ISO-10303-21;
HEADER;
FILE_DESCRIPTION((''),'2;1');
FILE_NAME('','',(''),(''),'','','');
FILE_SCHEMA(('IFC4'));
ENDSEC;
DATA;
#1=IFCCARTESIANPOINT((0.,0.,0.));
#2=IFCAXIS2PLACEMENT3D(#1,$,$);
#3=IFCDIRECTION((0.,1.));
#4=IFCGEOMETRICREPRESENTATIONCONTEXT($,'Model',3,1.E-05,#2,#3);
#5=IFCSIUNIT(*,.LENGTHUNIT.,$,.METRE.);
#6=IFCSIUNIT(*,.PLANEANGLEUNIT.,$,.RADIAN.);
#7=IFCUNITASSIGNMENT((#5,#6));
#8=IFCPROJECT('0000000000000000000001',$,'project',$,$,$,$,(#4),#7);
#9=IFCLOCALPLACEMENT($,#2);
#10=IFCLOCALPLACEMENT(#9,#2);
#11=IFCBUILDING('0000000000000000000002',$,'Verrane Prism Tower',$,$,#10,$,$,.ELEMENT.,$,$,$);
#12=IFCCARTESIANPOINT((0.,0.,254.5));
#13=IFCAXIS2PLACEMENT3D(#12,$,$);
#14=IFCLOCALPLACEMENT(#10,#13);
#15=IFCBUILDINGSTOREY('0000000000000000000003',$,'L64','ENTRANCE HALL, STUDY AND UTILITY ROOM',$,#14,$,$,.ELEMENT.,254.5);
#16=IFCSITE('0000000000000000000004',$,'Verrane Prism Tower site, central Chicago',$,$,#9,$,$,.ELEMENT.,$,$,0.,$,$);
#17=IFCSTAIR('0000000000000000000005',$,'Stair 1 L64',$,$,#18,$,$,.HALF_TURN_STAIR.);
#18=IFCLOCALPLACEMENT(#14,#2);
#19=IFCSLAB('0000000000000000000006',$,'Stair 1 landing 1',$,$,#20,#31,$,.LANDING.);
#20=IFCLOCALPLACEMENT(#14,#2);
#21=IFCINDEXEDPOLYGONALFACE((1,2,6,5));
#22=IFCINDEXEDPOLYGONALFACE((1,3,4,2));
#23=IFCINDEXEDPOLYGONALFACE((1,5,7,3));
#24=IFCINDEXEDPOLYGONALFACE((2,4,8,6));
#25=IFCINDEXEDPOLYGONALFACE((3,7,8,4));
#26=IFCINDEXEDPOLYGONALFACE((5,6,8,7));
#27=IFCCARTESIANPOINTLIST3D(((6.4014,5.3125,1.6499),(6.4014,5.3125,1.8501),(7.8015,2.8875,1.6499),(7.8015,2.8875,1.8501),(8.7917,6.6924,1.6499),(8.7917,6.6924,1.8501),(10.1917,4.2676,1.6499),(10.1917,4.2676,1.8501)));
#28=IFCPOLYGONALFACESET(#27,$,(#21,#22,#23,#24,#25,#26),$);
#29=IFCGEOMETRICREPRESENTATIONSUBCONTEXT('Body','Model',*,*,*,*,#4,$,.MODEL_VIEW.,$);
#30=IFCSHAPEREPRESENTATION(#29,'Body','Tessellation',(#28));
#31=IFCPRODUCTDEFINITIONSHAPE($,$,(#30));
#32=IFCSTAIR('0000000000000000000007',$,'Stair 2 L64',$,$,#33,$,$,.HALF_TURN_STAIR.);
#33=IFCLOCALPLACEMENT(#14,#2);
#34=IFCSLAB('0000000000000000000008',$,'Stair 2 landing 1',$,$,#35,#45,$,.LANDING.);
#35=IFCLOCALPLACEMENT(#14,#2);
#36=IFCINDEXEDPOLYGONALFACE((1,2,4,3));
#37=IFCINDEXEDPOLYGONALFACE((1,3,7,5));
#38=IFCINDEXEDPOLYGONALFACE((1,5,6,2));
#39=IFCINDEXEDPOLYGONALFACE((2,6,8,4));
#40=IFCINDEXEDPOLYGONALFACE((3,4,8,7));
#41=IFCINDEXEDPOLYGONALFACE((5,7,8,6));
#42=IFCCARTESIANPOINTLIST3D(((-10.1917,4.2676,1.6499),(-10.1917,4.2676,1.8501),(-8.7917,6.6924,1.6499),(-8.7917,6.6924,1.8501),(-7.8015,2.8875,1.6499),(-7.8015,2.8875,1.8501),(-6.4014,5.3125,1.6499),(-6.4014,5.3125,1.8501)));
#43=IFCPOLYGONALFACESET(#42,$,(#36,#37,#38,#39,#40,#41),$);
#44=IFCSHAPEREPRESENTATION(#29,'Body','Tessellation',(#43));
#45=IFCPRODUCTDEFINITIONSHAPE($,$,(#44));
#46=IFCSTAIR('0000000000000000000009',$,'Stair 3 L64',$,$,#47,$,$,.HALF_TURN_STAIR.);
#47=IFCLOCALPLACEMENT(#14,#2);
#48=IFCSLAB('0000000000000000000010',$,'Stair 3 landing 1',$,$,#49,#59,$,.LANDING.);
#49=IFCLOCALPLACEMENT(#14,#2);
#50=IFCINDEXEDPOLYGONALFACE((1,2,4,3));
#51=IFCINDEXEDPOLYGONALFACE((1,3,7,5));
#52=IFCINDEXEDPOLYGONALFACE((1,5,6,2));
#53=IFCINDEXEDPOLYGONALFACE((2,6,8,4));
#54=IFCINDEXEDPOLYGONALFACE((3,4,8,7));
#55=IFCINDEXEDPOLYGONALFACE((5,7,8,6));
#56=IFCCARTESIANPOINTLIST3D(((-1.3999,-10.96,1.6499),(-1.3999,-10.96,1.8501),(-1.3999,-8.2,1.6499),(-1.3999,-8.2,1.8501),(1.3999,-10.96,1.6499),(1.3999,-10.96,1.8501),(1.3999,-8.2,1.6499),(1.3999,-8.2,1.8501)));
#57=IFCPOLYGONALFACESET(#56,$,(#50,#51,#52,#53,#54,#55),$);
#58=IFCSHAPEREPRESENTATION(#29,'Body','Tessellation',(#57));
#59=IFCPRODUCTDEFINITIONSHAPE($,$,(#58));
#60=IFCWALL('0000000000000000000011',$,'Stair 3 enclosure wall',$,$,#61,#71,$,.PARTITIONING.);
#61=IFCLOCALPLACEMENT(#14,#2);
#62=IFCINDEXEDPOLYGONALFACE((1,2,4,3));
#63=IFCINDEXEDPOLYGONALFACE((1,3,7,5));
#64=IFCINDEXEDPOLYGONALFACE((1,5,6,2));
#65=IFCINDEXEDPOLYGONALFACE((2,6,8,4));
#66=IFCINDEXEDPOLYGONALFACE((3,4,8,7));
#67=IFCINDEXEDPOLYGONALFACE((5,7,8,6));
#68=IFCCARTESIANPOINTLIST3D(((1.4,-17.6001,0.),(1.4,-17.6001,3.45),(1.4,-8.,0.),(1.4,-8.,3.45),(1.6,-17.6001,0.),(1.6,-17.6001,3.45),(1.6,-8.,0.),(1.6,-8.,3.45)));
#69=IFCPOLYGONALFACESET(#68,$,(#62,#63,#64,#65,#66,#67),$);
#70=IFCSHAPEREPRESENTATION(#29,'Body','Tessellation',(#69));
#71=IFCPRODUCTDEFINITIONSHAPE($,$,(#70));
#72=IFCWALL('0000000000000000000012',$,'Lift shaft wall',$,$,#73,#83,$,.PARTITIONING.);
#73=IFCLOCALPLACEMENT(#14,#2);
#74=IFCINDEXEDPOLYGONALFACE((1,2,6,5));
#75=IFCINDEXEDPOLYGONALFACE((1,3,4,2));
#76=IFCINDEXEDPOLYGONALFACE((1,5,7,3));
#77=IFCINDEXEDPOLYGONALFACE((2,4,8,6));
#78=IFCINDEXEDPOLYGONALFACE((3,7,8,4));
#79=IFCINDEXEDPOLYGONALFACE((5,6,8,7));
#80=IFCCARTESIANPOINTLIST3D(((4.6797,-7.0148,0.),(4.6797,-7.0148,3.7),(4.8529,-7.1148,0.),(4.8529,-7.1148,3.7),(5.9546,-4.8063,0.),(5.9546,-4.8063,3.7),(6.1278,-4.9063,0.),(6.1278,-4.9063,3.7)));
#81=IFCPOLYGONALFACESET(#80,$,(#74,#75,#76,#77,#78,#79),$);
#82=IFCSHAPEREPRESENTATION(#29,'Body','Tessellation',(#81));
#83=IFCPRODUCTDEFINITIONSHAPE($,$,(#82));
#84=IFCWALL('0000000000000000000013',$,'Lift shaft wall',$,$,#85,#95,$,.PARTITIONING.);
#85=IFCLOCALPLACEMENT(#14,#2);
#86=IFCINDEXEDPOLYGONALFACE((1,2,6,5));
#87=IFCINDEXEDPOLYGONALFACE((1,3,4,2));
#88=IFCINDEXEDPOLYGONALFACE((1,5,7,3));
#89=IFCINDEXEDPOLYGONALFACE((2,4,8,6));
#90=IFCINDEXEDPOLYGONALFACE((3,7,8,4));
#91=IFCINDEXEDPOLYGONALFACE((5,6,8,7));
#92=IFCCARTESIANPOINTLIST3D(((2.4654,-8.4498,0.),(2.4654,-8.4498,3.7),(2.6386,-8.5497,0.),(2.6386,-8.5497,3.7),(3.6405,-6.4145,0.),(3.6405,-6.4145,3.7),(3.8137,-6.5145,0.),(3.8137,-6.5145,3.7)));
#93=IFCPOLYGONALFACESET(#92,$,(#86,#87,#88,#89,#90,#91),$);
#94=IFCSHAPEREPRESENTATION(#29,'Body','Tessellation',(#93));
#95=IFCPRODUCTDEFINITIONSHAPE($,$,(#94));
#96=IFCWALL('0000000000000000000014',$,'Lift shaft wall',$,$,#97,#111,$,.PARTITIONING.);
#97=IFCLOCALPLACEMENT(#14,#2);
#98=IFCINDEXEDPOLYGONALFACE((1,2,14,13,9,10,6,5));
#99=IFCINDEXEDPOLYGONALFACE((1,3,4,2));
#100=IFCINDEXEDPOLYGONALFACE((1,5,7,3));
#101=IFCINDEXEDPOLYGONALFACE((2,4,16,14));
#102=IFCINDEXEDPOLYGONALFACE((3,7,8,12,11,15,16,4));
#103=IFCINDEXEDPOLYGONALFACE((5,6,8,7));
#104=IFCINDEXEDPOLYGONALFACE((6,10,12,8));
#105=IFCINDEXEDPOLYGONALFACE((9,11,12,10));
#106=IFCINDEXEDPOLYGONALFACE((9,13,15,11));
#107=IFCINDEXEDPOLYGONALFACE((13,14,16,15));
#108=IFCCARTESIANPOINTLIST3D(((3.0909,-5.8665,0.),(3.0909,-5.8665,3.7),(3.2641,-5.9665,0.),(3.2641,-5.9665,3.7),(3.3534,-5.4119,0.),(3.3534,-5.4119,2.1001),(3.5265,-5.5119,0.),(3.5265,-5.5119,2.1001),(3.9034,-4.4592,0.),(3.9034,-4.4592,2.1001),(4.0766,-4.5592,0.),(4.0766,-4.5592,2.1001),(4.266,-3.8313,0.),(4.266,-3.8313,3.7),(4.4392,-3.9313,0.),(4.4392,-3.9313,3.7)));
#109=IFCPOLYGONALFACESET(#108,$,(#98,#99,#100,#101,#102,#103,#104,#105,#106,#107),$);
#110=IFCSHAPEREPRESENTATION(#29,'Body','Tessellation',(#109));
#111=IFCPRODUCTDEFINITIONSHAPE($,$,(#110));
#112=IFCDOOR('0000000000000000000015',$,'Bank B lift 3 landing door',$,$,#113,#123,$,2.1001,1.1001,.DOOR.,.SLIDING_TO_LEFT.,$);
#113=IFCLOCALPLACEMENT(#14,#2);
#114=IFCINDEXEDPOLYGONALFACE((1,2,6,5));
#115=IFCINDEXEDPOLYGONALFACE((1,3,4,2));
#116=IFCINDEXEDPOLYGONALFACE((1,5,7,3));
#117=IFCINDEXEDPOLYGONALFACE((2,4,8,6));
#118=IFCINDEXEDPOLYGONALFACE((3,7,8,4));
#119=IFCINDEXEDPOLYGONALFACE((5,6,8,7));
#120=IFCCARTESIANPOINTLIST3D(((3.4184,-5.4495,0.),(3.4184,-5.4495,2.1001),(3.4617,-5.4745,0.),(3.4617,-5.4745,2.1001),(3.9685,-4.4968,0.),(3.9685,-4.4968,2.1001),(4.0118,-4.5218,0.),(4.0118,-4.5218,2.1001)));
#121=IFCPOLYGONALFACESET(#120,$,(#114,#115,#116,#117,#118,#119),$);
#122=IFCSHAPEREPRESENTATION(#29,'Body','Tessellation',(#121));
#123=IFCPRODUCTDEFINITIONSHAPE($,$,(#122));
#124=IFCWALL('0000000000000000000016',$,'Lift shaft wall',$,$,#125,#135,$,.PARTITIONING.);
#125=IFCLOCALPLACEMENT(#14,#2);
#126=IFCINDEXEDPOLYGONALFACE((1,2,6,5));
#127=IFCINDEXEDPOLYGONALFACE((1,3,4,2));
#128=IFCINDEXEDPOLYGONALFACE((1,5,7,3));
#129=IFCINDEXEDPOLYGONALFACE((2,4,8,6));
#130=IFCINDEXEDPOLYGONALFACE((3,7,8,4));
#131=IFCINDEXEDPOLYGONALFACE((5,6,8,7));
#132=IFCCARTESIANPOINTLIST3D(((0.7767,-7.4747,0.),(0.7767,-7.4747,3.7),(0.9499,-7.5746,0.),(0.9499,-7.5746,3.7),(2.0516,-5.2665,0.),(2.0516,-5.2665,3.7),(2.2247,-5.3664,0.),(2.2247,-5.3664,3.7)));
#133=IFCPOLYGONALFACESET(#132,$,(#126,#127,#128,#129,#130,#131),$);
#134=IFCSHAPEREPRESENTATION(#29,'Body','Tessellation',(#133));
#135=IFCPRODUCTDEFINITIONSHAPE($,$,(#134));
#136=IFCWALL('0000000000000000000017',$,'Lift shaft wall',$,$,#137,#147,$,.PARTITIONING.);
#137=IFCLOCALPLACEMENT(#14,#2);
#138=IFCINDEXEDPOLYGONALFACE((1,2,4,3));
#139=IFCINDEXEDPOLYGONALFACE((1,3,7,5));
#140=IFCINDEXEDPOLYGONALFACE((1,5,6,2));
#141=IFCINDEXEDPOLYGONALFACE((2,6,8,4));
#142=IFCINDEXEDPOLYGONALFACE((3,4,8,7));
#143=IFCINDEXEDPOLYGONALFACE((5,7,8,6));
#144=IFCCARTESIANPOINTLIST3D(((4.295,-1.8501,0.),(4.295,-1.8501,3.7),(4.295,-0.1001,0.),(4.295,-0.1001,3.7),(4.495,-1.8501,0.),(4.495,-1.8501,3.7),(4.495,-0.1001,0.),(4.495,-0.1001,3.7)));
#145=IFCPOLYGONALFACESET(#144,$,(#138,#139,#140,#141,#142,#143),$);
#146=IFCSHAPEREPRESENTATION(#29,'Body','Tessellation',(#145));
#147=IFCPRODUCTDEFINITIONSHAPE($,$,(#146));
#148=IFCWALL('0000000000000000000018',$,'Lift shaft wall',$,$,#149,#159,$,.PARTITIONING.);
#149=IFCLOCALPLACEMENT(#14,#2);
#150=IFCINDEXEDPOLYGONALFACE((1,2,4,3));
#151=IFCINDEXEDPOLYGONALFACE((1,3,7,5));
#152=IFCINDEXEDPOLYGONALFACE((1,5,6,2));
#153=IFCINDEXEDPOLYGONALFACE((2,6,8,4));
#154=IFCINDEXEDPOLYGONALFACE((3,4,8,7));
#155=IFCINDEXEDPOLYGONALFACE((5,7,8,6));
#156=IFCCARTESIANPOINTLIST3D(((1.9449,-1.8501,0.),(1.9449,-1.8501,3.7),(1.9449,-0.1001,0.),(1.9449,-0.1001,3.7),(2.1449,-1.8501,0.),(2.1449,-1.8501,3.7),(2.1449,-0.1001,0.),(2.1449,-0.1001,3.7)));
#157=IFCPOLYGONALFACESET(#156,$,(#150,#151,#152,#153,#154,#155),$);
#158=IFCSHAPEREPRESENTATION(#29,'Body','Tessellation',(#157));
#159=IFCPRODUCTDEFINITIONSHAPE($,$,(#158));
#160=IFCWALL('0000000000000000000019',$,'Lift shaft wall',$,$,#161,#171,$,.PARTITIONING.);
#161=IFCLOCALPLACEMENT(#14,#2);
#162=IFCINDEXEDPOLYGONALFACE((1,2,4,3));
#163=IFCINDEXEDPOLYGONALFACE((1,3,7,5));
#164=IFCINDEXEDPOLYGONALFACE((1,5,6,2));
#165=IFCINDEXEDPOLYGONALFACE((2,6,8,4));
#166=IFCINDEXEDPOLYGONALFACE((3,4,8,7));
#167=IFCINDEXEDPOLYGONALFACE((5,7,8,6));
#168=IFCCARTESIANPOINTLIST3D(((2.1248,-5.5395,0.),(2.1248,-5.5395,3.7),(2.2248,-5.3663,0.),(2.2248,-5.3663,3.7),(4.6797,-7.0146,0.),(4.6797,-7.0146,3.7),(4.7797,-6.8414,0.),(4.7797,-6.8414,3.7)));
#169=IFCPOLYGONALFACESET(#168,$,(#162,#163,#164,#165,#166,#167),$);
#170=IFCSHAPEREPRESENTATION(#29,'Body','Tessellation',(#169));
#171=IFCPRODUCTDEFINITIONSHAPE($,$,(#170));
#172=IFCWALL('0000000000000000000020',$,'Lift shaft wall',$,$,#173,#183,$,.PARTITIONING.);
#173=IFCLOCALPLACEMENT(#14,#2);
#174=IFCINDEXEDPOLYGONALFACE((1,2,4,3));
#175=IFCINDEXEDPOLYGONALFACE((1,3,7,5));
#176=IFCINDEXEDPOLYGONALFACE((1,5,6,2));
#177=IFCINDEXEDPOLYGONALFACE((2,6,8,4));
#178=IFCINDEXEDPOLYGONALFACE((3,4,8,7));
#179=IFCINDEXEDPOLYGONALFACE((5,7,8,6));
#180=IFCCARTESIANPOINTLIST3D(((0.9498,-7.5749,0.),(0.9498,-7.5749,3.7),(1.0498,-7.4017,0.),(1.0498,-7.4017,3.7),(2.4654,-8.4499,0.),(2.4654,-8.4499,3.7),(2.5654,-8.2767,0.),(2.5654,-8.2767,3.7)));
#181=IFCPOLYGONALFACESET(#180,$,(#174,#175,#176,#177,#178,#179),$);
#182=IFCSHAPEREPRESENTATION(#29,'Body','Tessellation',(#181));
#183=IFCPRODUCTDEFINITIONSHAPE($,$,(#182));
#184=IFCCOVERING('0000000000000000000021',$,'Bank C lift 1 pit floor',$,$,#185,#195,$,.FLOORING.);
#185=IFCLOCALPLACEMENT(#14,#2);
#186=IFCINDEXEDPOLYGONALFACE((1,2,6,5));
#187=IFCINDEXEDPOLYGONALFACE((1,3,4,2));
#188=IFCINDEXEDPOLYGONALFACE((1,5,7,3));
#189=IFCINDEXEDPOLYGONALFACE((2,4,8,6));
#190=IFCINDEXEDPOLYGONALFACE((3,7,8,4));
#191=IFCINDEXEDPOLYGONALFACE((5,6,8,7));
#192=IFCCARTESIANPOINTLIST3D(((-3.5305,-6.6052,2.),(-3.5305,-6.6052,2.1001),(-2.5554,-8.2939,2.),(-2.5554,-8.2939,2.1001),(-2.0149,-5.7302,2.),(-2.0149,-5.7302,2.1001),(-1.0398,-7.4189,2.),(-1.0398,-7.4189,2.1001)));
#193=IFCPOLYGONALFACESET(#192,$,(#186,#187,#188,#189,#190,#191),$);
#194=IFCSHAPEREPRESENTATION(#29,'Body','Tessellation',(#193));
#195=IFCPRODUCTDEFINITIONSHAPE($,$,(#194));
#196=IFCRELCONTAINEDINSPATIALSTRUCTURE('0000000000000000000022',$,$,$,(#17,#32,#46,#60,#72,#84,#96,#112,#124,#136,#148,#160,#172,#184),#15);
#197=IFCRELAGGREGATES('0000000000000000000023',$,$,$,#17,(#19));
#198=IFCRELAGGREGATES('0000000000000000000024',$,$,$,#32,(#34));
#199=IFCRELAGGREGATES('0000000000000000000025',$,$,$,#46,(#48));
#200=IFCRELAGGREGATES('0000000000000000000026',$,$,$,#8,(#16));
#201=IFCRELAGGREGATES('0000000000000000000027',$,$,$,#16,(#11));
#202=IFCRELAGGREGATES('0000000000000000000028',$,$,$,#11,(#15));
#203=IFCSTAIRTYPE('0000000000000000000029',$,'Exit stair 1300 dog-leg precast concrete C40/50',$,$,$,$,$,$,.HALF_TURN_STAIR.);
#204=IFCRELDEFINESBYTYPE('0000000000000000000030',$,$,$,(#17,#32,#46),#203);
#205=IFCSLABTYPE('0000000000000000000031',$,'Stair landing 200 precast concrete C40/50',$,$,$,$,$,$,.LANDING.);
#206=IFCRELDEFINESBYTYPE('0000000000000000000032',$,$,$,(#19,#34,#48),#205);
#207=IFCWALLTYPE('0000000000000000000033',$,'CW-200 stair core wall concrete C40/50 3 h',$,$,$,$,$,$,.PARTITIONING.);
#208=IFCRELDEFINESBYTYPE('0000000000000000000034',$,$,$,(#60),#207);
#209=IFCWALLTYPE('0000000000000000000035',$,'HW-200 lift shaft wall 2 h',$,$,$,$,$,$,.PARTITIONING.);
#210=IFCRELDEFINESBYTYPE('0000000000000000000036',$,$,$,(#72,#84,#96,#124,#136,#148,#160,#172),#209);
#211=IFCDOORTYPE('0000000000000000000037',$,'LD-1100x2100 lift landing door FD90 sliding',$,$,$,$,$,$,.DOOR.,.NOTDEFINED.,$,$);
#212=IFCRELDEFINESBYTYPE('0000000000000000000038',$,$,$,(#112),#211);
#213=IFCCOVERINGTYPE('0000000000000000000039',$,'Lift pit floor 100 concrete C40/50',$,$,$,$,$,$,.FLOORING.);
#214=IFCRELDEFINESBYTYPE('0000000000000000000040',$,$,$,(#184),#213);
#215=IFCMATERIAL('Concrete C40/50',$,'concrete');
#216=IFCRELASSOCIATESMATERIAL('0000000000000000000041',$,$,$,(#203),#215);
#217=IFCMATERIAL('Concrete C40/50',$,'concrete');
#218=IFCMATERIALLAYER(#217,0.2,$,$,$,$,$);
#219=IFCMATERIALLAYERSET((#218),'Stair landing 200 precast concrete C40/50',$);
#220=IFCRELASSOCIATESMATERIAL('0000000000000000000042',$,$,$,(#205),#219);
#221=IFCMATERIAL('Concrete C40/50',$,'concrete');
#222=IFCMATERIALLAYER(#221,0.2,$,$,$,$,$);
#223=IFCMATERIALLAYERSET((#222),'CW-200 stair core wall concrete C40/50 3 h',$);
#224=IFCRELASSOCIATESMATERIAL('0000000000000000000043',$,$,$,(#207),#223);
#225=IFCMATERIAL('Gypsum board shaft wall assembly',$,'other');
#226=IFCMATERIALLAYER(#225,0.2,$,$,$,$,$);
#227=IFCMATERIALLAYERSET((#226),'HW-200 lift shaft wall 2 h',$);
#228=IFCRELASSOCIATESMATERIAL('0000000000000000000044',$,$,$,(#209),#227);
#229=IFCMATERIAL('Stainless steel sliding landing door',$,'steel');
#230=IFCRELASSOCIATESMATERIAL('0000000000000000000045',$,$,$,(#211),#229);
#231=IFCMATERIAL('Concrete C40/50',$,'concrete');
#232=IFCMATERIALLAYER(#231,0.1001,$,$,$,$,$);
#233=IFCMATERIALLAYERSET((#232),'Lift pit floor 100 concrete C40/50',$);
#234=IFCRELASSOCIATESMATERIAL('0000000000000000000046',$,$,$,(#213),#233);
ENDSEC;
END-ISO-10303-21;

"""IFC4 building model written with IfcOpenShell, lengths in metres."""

from ifc_helpers import new_model, si_unit, direction, frame, frame_2d, origin, place, context, subcontext, project, spatial, polyline, rectangle, outline, extrude, material, layer, layer_set, type_object, element, fill, aggregate, save


model = new_model("IFC4")

# Units and contexts
model_context = context("Model", 3, precision=1e-05, world=origin(), true_north=direction((0.0, 1.0)))
body_context = subcontext(model_context, "Body", "Model", "MODEL_VIEW")
ifc_project = project(units=[si_unit("LENGTHUNIT", "METRE"), si_unit("PLANEANGLEUNIT", "RADIAN")], contexts=[model_context])

# Site, building, storey
site_placement = place(None, origin())
site = spatial("IfcSite", under=ifc_project, at=site_placement, Name="Verrane Prism Tower site, central Chicago", CompositionType="ELEMENT", RefElevation=0.0)
building_placement = place(site_placement, origin())
building = spatial("IfcBuilding", under=site, at=building_placement, Name="Verrane Prism Tower", CompositionType="ELEMENT")
storey_placement = place(building_placement, frame((0.0, 0.0, 254.5)))
storey = spatial("IfcBuildingStorey", under=building, at=storey_placement, Name="L64", Description="ENTRANCE HALL, STUDY AND UTILITY ROOM", CompositionType="ELEMENT", Elevation=254.5)

# Stairs, slabs
ifc_material_1 = material(Name="Concrete C40/50", Category="concrete")
stair_type = type_object("IfcStairType", Name="Exit stair 1300 dog-leg precast concrete C40/50", PredefinedType="HALF_TURN_STAIR", material=ifc_material_1)
stair_1_placement = place(storey_placement, origin())
stair_1 = element("IfcStair", 1, at=stair_1_placement, inside=storey, type_object=stair_type, Name="Stair 1 L64", PredefinedType="HALF_TURN_STAIR")
ifc_material_2 = material(Name="Concrete C40/50", Category="concrete")
ifc_layer_1 = layer(ifc_material_2, 0.2)
ifc_layer_set_1 = layer_set([ifc_layer_1], Name="Stair landing 200 precast concrete C40/50")
slab_type = type_object("IfcSlabType", Name="Stair landing 200 precast concrete C40/50", PredefinedType="LANDING", material=ifc_layer_set_1)
slab_1_placement = place(storey_placement, frame((0.0, 0.0, 1.6499)))
slab_1 = element("IfcSlab", 2, at=slab_1_placement, type_object=slab_type, Name="Stair 1 landing 1", PredefinedType="LANDING", context=body_context, shape_type="SweptSolid", body=[
    extrude(outline(polyline([(8.7917, 6.6924), (6.4014, 5.3125), (7.8015, 2.8875), (10.1917, 4.2676), (8.7917, 6.6924)])), origin(), (0.0, 0.0, 1.0), 0.2002),
])
aggregate(stair_1, [slab_1])
stair_2_placement = place(storey_placement, origin())
stair_2 = element("IfcStair", 3, at=stair_2_placement, inside=storey, type_object=stair_type, Name="Stair 2 L64", PredefinedType="HALF_TURN_STAIR")
slab_2_placement = place(storey_placement, frame((0.0, 0.0, 1.6499)))
slab_2 = element("IfcSlab", 4, at=slab_2_placement, type_object=slab_type, Name="Stair 2 landing 1", PredefinedType="LANDING", context=body_context, shape_type="SweptSolid", body=[
    extrude(outline(polyline([(-10.1917, 4.2676), (-7.8015, 2.8875), (-6.4014, 5.3125), (-8.7917, 6.6924), (-10.1917, 4.2676)])), origin(), (0.0, 0.0, 1.0), 0.2002),
])
aggregate(stair_2, [slab_2])
stair_3_placement = place(storey_placement, origin())
stair_3 = element("IfcStair", 5, at=stair_3_placement, inside=storey, type_object=stair_type, Name="Stair 3 L64", PredefinedType="HALF_TURN_STAIR")
slab_3_placement = place(storey_placement, frame((0.0, 0.0, 1.6499)))
slab_3 = element("IfcSlab", 6, at=slab_3_placement, type_object=slab_type, Name="Stair 3 landing 1", PredefinedType="LANDING", context=body_context, shape_type="SweptSolid", body=[
    extrude(outline(polyline([(1.3999, -10.96), (1.3999, -8.2), (-1.3999, -8.2), (-1.3999, -10.96), (1.3999, -10.96)])), origin(), (0.0, 0.0, 1.0), 0.2002),
])
aggregate(stair_3, [slab_3])

# Walls
ifc_material_3 = material(Name="Concrete C40/50", Category="concrete")
ifc_layer_2 = layer(ifc_material_3, 0.2)
ifc_layer_set_2 = layer_set([ifc_layer_2], Name="CW-200 stair core wall concrete C40/50 3 h")
wall_type_1 = type_object("IfcWallType", Name="CW-200 stair core wall concrete C40/50 3 h", PredefinedType="PARTITIONING", material=ifc_layer_set_2)
wall_1_placement = place(storey_placement, frame((1.5, -8.0, 0.0), z_axis=(0.0, 0.0, 1.0), x_axis=(0.0, -1.0, 0.0)))
element("IfcWall", 7, at=wall_1_placement, inside=storey, type_object=wall_type_1, Name="Stair 3 enclosure wall", PredefinedType="PARTITIONING", context=body_context, shape_type="SweptSolid", body=[
    extrude(rectangle(XDim=9.6001, YDim=0.2, at=frame_2d((4.8, 0.0))), origin(), (0.0, 0.0, 1.0), 3.45),
])
ifc_material_4 = material(Name="Gypsum board shaft wall assembly", Category="other")
ifc_layer_3 = layer(ifc_material_4, 0.2)
ifc_layer_set_3 = layer_set([ifc_layer_3], Name="HW-200 lift shaft wall 2 h")
wall_type_2 = type_object("IfcWallType", Name="HW-200 lift shaft wall 2 h", PredefinedType="PARTITIONING", material=ifc_layer_set_3)
wall_2_placement = place(storey_placement, frame((4.7664, -7.0647, 0.0), z_axis=(0.0, 0.0, 1.0), x_axis=(0.499949, 0.866055, 0.0)))
element("IfcWall", 8, at=wall_2_placement, inside=storey, type_object=wall_type_2, Name="Lift shaft wall", PredefinedType="PARTITIONING", context=body_context, shape_type="SweptSolid", body=[
    extrude(rectangle(XDim=2.55, YDim=0.2, at=frame_2d((1.2749, 0.0))), origin(), (0.0, 0.0, 1.0), 3.7),
])
wall_3_placement = place(storey_placement, frame((2.552, -8.4998, 0.0), z_axis=(0.0, 0.0, 1.0), x_axis=(0.500016, 0.866016, 0.0)))
element("IfcWall", 9, at=wall_3_placement, inside=storey, type_object=wall_type_2, Name="Lift shaft wall", PredefinedType="PARTITIONING", context=body_context, shape_type="SweptSolid", body=[
    extrude(rectangle(XDim=2.3501, YDim=0.2, at=frame_2d((1.175, 0.0))), origin(), (0.0, 0.0, 1.0), 3.7),
])

# Wall, opening, door
wall_4_placement = place(storey_placement, frame((3.1775, -5.9165, 0.0), z_axis=(0.0, 0.0, 1.0), x_axis=(0.500016, 0.866016, 0.0)))
wall_4 = element("IfcWall", 10, at=wall_4_placement, inside=storey, type_object=wall_type_2, Name="Lift shaft wall", PredefinedType="PARTITIONING", context=body_context, shape_type="SweptSolid", body=[
    extrude(rectangle(XDim=2.3501, YDim=0.2, at=frame_2d((1.175, 0.0))), origin(), (0.0, 0.0, 1.0), 3.7),
])
opening_placement = place(wall_4_placement, frame((0.5249, 0.0, 0.0)))
opening = element("IfcOpeningElement", 11, at=opening_placement, cuts=wall_4, PredefinedType="OPENING", context=body_context, shape_type="SweptSolid", body=[
    extrude(rectangle(XDim=1.1001, YDim=2.1001, at=frame_2d((0.55, 1.05))), frame((0.0, 0.1099, 0.0), z_axis=(0.0, -1.0, 0.0), x_axis=(1.0, 0.0, 0.0)), (0.0, 0.0, 1.0), 0.22),
])
ifc_material_5 = material(Name="Stainless steel sliding landing door", Category="steel")
door_type = type_object("IfcDoorType", Name="LD-1100x2100 lift landing door FD90 sliding", OperationType="NOTDEFINED", PredefinedType="DOOR", material=ifc_material_5)
door_placement = place(opening_placement, origin())
door = element("IfcDoor", 12, at=door_placement, inside=storey, type_object=door_type, Name="Bank B lift 3 landing door", OperationType="SLIDING_TO_LEFT", OverallHeight=2.1001, OverallWidth=1.1001, PredefinedType="DOOR", context=body_context, shape_type="SweptSolid", body=[
    extrude(rectangle(XDim=1.1001, YDim=2.1001, at=frame_2d((0.55, 1.05))), frame((0.0, 0.0249, 0.0), z_axis=(0.0, -1.0, 0.0), x_axis=(1.0, 0.0, 0.0)), (0.0, 0.0, 1.0), 0.05),
])
fill(opening, door)

# Walls
wall_5_placement = place(storey_placement, frame((0.8633, -7.5247, 0.0), z_axis=(0.0, 0.0, 1.0), x_axis=(0.49999, 0.866031, 0.0)))
element("IfcWall", 13, at=wall_5_placement, inside=storey, type_object=wall_type_2, Name="Lift shaft wall", PredefinedType="PARTITIONING", context=body_context, shape_type="SweptSolid", body=[
    extrude(rectangle(XDim=2.5498, YDim=0.2, at=frame_2d((1.2749, 0.0))), origin(), (0.0, 0.0, 1.0), 3.7),
])
for number, where, z_axis, x_axis, name in (
    (14, (4.395, -1.8501, 0.0), (0.0, 0.0, 1.0), (0.0, 1.0, 0.0), "Lift shaft wall"),
    (15, (2.0449, -1.8501, 0.0), (0.0, 0.0, 1.0), (0.0, 1.0, 0.0), "Lift shaft wall"),
):
    element("IfcWall", number, at=place(storey_placement, frame(where, z_axis=z_axis, x_axis=x_axis)), inside=storey, type_object=wall_type_2, Name=name, PredefinedType="PARTITIONING", context=body_context, shape_type="SweptSolid", body=[
        extrude(rectangle(XDim=1.75, YDim=0.2, at=frame_2d((0.875, 0.0))), origin(), (0.0, 0.0, 1.0), 3.7),
    ])
wall_6_placement = place(storey_placement, frame((4.7297, -6.928, 0.0), z_axis=(0.0, 0.0, 1.0), x_axis=(-0.866024, 0.500002, 0.0)))
element("IfcWall", 16, at=wall_6_placement, inside=storey, type_object=wall_type_2, Name="Lift shaft wall", PredefinedType="PARTITIONING", context=body_context, shape_type="SweptSolid", body=[
    extrude(rectangle(XDim=2.9502, YDim=0.2, at=frame_2d((1.4751, 0.0))), origin(), (0.0, 0.0, 1.0), 3.7),
])
wall_7_placement = place(storey_placement, frame((2.5154, -8.3633, 0.0), z_axis=(0.0, 0.0, 1.0), x_axis=(-0.866037, 0.49998, 0.0)))
element("IfcWall", 17, at=wall_7_placement, inside=storey, type_object=wall_type_2, Name="Lift shaft wall", PredefinedType="PARTITIONING", context=body_context, shape_type="SweptSolid", body=[
    extrude(rectangle(XDim=1.75, YDim=0.2, at=frame_2d((0.875, 0.0))), origin(), (0.0, 0.0, 1.0), 3.7),
])

# Covering
ifc_material_6 = material(Name="Concrete C40/50", Category="concrete")
ifc_layer_4 = layer(ifc_material_6, 0.1001)
ifc_layer_set_4 = layer_set([ifc_layer_4], Name="Lift pit floor 100 concrete C40/50")
covering_type_1 = type_object("IfcCoveringType", Name="Lift pit floor 100 concrete C40/50", PredefinedType="FLOORING", material=ifc_layer_set_4)
covering_1_placement = place(storey_placement, frame((0.0, 0.0, 2.0)))
element("IfcCovering", 18, at=covering_1_placement, inside=storey, type_object=covering_type_1, Name="Bank C lift 1 pit floor", PredefinedType="FLOORING", context=body_context, shape_type="SweptSolid", body=[
    extrude(outline(polyline([(-1.0398, -7.4189), (-2.5554, -8.2939), (-3.5305, -6.6052), (-2.0149, -5.7302), (-1.0398, -7.4189)])), origin(), (0.0, 0.0, 1.0), 0.1001),
])

save(model, "model.ifc")
